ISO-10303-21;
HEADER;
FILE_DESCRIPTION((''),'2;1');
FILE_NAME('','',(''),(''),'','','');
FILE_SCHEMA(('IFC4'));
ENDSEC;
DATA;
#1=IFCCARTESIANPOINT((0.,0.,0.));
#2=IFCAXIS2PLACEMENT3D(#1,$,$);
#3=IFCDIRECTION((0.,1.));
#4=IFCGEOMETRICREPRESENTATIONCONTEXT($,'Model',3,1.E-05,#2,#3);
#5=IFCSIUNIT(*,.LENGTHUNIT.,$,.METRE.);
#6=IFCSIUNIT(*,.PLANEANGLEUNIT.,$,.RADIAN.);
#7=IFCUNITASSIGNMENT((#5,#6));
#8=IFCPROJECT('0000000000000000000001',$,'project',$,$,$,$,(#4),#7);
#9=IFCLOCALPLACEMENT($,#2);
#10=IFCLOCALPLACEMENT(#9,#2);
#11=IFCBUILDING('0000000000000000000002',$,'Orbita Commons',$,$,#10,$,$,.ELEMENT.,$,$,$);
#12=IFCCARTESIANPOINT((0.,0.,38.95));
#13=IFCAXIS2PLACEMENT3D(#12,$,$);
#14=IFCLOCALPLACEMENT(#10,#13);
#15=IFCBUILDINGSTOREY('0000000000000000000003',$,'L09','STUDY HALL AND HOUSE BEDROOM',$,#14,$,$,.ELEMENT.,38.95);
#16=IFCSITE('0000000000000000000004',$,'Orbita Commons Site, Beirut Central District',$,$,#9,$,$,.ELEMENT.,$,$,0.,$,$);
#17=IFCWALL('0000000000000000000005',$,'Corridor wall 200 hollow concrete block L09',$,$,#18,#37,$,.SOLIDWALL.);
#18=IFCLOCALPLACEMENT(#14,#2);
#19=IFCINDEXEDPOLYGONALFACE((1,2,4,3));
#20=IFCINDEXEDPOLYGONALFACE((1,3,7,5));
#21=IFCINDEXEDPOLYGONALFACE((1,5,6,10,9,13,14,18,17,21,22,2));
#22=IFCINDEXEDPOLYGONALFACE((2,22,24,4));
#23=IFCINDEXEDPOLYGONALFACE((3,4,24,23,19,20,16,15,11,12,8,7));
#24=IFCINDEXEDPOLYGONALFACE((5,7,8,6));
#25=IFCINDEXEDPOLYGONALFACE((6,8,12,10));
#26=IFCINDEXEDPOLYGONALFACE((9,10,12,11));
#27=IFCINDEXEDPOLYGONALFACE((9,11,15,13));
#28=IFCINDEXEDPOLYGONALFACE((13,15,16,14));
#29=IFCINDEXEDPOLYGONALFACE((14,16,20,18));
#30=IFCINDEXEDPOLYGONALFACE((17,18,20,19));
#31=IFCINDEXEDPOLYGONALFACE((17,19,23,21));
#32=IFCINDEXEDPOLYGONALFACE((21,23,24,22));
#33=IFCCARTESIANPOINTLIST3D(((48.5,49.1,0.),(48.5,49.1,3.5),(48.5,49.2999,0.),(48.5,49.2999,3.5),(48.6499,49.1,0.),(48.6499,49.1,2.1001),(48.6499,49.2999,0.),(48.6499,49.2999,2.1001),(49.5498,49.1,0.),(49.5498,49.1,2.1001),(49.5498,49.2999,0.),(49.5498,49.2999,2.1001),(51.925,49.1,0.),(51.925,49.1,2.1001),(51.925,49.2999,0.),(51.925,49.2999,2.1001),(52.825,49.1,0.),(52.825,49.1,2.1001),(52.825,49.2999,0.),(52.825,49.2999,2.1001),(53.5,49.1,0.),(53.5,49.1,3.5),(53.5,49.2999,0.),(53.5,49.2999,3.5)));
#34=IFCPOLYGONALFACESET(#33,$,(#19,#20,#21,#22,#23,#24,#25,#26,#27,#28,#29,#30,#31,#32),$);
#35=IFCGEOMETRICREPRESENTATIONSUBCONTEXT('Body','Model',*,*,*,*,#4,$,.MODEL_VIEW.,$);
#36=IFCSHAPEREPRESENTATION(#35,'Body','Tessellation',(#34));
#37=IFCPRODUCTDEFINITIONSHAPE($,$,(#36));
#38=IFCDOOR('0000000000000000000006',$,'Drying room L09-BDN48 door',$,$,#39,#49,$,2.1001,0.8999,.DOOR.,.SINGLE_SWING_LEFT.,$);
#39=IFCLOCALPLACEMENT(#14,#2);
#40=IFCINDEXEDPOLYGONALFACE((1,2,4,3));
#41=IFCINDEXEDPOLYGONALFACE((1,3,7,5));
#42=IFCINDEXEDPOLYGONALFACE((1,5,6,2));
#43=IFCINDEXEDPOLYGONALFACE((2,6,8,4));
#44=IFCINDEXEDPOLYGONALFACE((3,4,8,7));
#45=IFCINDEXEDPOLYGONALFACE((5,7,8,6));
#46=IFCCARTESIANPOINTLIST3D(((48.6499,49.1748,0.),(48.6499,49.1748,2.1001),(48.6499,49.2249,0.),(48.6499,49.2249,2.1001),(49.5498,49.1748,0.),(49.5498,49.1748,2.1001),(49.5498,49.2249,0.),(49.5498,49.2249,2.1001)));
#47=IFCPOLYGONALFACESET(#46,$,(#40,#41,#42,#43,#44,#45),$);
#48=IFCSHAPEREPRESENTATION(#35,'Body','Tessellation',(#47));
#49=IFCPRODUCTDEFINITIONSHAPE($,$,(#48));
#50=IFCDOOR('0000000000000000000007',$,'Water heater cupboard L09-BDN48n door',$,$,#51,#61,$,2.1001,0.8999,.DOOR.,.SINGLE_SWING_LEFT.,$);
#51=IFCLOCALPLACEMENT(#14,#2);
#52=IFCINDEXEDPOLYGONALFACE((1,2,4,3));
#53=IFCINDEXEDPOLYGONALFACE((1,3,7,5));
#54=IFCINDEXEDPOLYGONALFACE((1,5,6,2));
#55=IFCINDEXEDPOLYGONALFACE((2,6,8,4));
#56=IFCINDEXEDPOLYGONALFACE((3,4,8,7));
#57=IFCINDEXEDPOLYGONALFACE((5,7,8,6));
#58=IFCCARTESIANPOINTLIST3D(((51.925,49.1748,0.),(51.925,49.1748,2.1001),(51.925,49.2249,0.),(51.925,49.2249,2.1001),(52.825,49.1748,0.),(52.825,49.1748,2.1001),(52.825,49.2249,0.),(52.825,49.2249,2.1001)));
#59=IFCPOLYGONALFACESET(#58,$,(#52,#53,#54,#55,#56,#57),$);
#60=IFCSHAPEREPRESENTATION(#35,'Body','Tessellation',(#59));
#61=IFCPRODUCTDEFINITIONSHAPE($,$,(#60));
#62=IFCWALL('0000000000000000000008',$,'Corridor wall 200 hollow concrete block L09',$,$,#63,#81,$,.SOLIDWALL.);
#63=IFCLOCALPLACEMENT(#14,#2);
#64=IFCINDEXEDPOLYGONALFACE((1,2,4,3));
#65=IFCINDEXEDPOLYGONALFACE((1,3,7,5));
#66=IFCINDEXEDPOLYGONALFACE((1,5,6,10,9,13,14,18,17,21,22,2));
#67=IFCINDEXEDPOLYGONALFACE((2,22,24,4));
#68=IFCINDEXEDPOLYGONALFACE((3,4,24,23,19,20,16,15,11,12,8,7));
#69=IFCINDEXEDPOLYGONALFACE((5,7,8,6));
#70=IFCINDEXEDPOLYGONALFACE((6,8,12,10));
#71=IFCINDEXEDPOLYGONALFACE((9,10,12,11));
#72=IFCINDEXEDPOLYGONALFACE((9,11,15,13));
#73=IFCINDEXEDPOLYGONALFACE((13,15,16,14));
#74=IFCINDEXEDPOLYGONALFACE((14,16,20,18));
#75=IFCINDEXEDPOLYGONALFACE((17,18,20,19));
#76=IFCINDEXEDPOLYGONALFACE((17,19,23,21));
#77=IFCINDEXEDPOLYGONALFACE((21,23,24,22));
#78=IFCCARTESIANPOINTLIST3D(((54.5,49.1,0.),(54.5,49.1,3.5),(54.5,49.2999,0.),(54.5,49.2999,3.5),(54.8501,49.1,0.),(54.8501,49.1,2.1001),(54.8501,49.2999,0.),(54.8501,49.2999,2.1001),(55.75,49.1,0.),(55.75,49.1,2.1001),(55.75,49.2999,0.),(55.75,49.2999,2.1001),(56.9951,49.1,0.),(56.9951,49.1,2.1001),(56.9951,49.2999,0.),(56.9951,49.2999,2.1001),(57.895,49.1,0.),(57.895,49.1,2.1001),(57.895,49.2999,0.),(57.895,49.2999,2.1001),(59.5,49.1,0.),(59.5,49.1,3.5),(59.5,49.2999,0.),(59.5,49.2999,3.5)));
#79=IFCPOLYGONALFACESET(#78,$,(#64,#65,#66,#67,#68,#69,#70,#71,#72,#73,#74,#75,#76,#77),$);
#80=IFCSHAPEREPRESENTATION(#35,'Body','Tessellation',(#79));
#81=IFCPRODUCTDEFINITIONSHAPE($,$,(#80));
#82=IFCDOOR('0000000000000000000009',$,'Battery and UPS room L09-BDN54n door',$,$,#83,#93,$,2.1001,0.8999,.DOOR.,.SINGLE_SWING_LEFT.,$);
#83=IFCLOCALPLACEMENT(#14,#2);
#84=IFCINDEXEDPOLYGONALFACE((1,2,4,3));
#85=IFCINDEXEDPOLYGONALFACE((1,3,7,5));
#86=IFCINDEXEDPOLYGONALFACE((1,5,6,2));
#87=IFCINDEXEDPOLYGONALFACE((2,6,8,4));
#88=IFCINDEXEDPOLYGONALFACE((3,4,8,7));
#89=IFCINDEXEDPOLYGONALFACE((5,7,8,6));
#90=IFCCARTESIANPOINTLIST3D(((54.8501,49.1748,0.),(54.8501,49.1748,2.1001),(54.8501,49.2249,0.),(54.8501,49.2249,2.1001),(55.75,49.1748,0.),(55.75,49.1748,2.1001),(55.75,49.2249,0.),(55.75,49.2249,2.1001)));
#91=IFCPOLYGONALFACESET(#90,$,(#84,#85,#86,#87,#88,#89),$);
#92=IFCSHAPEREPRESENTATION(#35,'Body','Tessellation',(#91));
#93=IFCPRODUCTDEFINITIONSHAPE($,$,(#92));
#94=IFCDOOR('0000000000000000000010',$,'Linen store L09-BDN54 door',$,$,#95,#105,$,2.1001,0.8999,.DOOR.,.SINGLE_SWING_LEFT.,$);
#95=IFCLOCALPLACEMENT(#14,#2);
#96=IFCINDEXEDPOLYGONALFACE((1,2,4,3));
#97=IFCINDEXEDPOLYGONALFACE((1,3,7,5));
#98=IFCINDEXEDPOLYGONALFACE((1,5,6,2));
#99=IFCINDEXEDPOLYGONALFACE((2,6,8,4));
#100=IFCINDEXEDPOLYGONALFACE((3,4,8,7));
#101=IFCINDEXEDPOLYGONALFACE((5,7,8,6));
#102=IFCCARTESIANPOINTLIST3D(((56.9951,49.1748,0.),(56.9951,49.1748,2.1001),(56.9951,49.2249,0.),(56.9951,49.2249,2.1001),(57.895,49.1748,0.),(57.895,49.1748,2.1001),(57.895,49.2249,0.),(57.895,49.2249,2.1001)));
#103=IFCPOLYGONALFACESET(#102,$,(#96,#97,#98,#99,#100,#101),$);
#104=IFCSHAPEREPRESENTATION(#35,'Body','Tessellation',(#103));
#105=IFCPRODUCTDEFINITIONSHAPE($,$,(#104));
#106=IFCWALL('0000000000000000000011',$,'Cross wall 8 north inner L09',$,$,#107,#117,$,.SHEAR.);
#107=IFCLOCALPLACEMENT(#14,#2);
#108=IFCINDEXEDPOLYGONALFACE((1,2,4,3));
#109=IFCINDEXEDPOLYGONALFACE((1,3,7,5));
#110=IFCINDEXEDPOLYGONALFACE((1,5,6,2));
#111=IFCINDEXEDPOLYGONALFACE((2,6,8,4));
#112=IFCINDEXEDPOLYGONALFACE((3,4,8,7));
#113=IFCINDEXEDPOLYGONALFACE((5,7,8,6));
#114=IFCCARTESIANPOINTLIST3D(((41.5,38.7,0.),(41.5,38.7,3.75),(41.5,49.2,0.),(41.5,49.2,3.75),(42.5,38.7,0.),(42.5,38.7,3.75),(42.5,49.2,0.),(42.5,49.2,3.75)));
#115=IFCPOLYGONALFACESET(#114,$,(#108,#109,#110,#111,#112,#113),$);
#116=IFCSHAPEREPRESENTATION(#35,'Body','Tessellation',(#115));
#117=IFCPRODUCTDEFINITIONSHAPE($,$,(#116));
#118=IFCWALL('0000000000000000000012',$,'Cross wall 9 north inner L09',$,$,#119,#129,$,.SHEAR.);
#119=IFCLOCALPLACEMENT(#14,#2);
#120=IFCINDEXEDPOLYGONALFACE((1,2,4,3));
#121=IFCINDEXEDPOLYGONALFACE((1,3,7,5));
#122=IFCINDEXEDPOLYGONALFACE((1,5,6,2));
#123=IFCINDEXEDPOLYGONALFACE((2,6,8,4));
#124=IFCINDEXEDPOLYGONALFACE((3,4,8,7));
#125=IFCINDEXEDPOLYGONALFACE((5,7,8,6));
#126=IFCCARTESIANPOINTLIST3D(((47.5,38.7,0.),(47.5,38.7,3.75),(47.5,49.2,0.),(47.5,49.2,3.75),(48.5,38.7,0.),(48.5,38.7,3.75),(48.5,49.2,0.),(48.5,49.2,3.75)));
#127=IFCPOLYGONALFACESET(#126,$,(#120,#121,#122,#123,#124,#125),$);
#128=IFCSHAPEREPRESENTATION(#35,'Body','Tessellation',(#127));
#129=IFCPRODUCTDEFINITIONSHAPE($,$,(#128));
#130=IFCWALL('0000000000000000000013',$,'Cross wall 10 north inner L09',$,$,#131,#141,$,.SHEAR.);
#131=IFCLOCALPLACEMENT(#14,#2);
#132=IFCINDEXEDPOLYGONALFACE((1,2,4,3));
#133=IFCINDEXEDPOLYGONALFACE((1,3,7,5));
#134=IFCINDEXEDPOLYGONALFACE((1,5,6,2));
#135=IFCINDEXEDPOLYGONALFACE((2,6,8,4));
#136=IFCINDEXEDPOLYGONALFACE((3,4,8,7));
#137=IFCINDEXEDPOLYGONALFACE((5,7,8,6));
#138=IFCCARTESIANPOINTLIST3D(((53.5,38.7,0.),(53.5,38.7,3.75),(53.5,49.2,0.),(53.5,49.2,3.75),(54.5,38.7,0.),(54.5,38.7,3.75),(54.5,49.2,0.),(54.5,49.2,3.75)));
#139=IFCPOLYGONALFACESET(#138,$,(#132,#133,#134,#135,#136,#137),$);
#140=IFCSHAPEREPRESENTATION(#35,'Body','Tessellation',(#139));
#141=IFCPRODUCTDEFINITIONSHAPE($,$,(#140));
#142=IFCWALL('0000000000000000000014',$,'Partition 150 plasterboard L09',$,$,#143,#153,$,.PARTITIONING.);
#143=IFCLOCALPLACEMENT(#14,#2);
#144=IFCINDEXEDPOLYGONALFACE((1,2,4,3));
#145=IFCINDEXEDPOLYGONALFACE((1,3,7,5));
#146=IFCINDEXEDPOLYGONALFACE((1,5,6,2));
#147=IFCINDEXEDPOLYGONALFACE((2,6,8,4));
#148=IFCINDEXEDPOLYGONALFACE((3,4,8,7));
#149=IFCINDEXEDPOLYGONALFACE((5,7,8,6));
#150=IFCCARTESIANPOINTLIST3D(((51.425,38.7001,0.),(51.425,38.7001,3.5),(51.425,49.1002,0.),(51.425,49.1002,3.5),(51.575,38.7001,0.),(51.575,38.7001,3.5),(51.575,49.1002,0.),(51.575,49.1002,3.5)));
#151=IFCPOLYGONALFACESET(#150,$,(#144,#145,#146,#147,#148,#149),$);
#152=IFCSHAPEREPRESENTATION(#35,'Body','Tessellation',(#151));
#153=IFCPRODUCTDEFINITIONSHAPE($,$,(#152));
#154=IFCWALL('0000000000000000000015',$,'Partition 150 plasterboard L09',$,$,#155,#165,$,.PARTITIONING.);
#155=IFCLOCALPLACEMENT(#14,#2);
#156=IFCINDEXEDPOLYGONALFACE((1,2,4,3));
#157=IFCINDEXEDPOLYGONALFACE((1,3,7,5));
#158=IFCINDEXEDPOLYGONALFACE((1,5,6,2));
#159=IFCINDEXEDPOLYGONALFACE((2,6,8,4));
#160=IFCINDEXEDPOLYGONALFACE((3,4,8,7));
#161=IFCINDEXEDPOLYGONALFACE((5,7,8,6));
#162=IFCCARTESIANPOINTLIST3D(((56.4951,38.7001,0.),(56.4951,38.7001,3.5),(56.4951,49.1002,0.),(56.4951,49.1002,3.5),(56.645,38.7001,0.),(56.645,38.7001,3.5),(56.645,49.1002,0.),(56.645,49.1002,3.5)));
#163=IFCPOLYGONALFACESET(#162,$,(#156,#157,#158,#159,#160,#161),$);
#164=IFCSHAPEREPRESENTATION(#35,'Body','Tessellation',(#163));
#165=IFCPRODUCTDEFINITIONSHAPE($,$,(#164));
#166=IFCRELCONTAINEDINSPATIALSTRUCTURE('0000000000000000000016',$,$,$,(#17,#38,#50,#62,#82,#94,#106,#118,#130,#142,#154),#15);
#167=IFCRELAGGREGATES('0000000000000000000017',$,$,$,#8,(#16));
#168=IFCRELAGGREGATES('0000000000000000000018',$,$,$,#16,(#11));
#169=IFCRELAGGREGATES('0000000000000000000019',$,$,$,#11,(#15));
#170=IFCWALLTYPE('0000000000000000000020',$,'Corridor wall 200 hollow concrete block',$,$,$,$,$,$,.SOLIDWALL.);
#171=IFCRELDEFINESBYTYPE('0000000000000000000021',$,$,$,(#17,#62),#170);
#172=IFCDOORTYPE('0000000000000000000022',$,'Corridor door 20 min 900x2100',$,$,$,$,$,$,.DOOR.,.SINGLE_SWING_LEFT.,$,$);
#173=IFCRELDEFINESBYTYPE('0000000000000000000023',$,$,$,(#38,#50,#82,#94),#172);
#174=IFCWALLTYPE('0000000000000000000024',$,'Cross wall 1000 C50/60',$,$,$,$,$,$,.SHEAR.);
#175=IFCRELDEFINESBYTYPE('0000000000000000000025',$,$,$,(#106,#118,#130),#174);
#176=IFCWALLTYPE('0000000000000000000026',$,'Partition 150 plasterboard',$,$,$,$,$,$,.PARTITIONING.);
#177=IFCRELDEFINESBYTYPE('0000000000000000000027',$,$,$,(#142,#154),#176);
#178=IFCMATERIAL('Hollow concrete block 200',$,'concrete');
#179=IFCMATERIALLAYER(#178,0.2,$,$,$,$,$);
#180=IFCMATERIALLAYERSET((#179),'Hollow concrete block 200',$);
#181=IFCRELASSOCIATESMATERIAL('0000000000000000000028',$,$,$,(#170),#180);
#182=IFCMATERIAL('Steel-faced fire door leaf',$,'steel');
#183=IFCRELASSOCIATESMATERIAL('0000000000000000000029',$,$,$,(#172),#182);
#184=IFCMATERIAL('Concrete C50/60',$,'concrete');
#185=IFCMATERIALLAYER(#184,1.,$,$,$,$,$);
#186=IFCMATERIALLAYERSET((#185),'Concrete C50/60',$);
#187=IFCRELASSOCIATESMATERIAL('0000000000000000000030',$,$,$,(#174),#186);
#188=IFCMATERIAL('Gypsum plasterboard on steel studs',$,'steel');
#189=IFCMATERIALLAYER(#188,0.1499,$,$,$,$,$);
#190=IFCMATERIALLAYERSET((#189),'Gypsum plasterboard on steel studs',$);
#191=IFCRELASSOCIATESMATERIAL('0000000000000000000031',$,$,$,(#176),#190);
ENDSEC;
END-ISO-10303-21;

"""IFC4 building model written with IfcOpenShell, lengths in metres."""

from ifc_helpers import new_model, si_unit, direction, frame, frame_2d, origin, place, context, subcontext, project, spatial, rectangle, extrude, material, layer, layer_set, type_object, element, fill, save


model = new_model("IFC4")

# Units and contexts
model_context = context("Model", 3, precision=1e-05, world=origin(), true_north=direction((0.0, 1.0)))
body_context = subcontext(model_context, "Body", "Model", "MODEL_VIEW")
ifc_project = project(units=[si_unit("LENGTHUNIT", "METRE"), si_unit("PLANEANGLEUNIT", "RADIAN")], contexts=[model_context])

# Site, building, storey
site_placement = place(None, origin())
site = spatial("IfcSite", under=ifc_project, at=site_placement, Name="Orbita Commons Site, Beirut Central District", CompositionType="ELEMENT", RefElevation=0.0)
building_placement = place(site_placement, origin())
building = spatial("IfcBuilding", under=site, at=building_placement, Name="Orbita Commons", CompositionType="ELEMENT")
storey_placement = place(building_placement, frame((0.0, 0.0, 38.95)))
storey = spatial("IfcBuildingStorey", under=building, at=storey_placement, Name="L09", Description="STUDY HALL AND HOUSE BEDROOM", CompositionType="ELEMENT", Elevation=38.95)

# Shared definitions
ifc_material_1 = material(Name="Hollow concrete block 200", Category="concrete")
ifc_layer_1 = layer(ifc_material_1, 0.2)
ifc_layer_set_1 = layer_set([ifc_layer_1], Name="Hollow concrete block 200")
wall_type_1 = type_object("IfcWallType", Name="Corridor wall 200 hollow concrete block", PredefinedType="SOLIDWALL", material=ifc_layer_set_1)

# Walls, openings, doors
wall_1_placement = place(storey_placement, frame((48.5, 49.2, 0.0), z_axis=(0.0, 0.0, 1.0), x_axis=(1.0, 0.0, 0.0)))
wall_1 = element("IfcWall", 1, at=wall_1_placement, inside=storey, type_object=wall_type_1, Name="Corridor wall 200 hollow concrete block L09", PredefinedType="SOLIDWALL", context=body_context, shape_type="SweptSolid", body=[
    extrude(rectangle(XDim=5.0, YDim=0.2, at=frame_2d((2.5, 0.0))), origin(), (0.0, 0.0, 1.0), 3.5),
])
opening_1_placement = place(wall_1_placement, frame((0.1499, 0.0, 0.0)))
opening_1 = element("IfcOpeningElement", 2, at=opening_1_placement, cuts=wall_1, PredefinedType="OPENING", context=body_context, shape_type="SweptSolid", body=[
    extrude(rectangle(XDim=0.8999, YDim=2.1001, at=frame_2d((0.45, 1.05))), frame((0.0, 0.1099, 0.0), z_axis=(0.0, -1.0, 0.0), x_axis=(1.0, 0.0, 0.0)), (0.0, 0.0, 1.0), 0.22),
])
opening_2_placement = place(wall_1_placement, frame((3.425, 0.0, 0.0)))
opening_2 = element("IfcOpeningElement", 3, at=opening_2_placement, cuts=wall_1, PredefinedType="OPENING", context=body_context, shape_type="SweptSolid", body=[
    extrude(rectangle(XDim=0.8999, YDim=2.1001, at=frame_2d((0.45, 1.05))), frame((0.0, 0.1099, 0.0), z_axis=(0.0, -1.0, 0.0), x_axis=(1.0, 0.0, 0.0)), (0.0, 0.0, 1.0), 0.22),
])
ifc_material_2 = material(Name="Steel-faced fire door leaf", Category="steel")
door_type_1 = type_object("IfcDoorType", Name="Corridor door 20 min 900x2100", OperationType="SINGLE_SWING_LEFT", PredefinedType="DOOR", material=ifc_material_2)
door_1_placement = place(opening_1_placement, origin())
door_1 = element("IfcDoor", 4, at=door_1_placement, inside=storey, type_object=door_type_1, Name="Drying room L09-BDN48 door", OperationType="SINGLE_SWING_LEFT", OverallHeight=2.1001, OverallWidth=0.8999, PredefinedType="DOOR", context=body_context, shape_type="SweptSolid", body=[
    extrude(rectangle(XDim=0.8999, YDim=2.1001, at=frame_2d((0.45, 1.05))), frame((0.0, 0.0249, 0.0), z_axis=(0.0, -1.0, 0.0), x_axis=(1.0, 0.0, 0.0)), (0.0, 0.0, 1.0), 0.05),
])
fill(opening_1, door_1)
door_2_placement = place(opening_2_placement, origin())
door_2 = element("IfcDoor", 5, at=door_2_placement, inside=storey, type_object=door_type_1, Name="Water heater cupboard L09-BDN48n door", OperationType="SINGLE_SWING_LEFT", OverallHeight=2.1001, OverallWidth=0.8999, PredefinedType="DOOR", context=body_context, shape_type="SweptSolid", body=[
    extrude(rectangle(XDim=0.8999, YDim=2.1001, at=frame_2d((0.45, 1.05))), frame((0.0, 0.0249, 0.0), z_axis=(0.0, -1.0, 0.0), x_axis=(1.0, 0.0, 0.0)), (0.0, 0.0, 1.0), 0.05),
])
fill(opening_2, door_2)
wall_2_placement = place(storey_placement, frame((54.5, 49.2, 0.0), z_axis=(0.0, 0.0, 1.0), x_axis=(1.0, 0.0, 0.0)))
wall_2 = element("IfcWall", 6, at=wall_2_placement, inside=storey, type_object=wall_type_1, Name="Corridor wall 200 hollow concrete block L09", PredefinedType="SOLIDWALL", context=body_context, shape_type="SweptSolid", body=[
    extrude(rectangle(XDim=5.0, YDim=0.2, at=frame_2d((2.5, 0.0))), origin(), (0.0, 0.0, 1.0), 3.5),
])
opening_3_placement = place(wall_2_placement, frame((0.3501, 0.0, 0.0)))
opening_3 = element("IfcOpeningElement", 7, at=opening_3_placement, cuts=wall_2, PredefinedType="OPENING", context=body_context, shape_type="SweptSolid", body=[
    extrude(rectangle(XDim=0.8999, YDim=2.1001, at=frame_2d((0.45, 1.05))), frame((0.0, 0.1099, 0.0), z_axis=(0.0, -1.0, 0.0), x_axis=(1.0, 0.0, 0.0)), (0.0, 0.0, 1.0), 0.22),
])
opening_4_placement = place(wall_2_placement, frame((2.4951, 0.0, 0.0)))
opening_4 = element("IfcOpeningElement", 8, at=opening_4_placement, cuts=wall_2, PredefinedType="OPENING", context=body_context, shape_type="SweptSolid", body=[
    extrude(rectangle(XDim=0.8999, YDim=2.1001, at=frame_2d((0.45, 1.05))), frame((0.0, 0.1099, 0.0), z_axis=(0.0, -1.0, 0.0), x_axis=(1.0, 0.0, 0.0)), (0.0, 0.0, 1.0), 0.22),
])
door_3_placement = place(opening_3_placement, origin())
door_3 = element("IfcDoor", 9, at=door_3_placement, inside=storey, type_object=door_type_1, Name="Battery and UPS room L09-BDN54n door", OperationType="SINGLE_SWING_LEFT", OverallHeight=2.1001, OverallWidth=0.8999, PredefinedType="DOOR", context=body_context, shape_type="SweptSolid", body=[
    extrude(rectangle(XDim=0.8999, YDim=2.1001, at=frame_2d((0.45, 1.05))), frame((0.0, 0.0249, 0.0), z_axis=(0.0, -1.0, 0.0), x_axis=(1.0, 0.0, 0.0)), (0.0, 0.0, 1.0), 0.05),
])
fill(opening_3, door_3)
door_4_placement = place(opening_4_placement, origin())
door_4 = element("IfcDoor", 10, at=door_4_placement, inside=storey, type_object=door_type_1, Name="Linen store L09-BDN54 door", OperationType="SINGLE_SWING_LEFT", OverallHeight=2.1001, OverallWidth=0.8999, PredefinedType="DOOR", context=body_context, shape_type="SweptSolid", body=[
    extrude(rectangle(XDim=0.8999, YDim=2.1001, at=frame_2d((0.45, 1.05))), frame((0.0, 0.0249, 0.0), z_axis=(0.0, -1.0, 0.0), x_axis=(1.0, 0.0, 0.0)), (0.0, 0.0, 1.0), 0.05),
])
fill(opening_4, door_4)

# Walls
ifc_material_3 = material(Name="Concrete C50/60", Category="concrete")
ifc_layer_2 = layer(ifc_material_3, 1.0)
ifc_layer_set_2 = layer_set([ifc_layer_2], Name="Concrete C50/60")
wall_type_2 = type_object("IfcWallType", Name="Cross wall 1000 C50/60", PredefinedType="SHEAR", material=ifc_layer_set_2)
for number, where, z_axis, x_axis, name in (
    (11, (42.0, 38.7, 0.0), (0.0, 0.0, 1.0), (0.0, 1.0, 0.0), "Cross wall 8 north inner L09"),
    (12, (48.0, 38.7, 0.0), (0.0, 0.0, 1.0), (0.0, 1.0, 0.0), "Cross wall 9 north inner L09"),
    (13, (54.0, 38.7, 0.0), (0.0, 0.0, 1.0), (0.0, 1.0, 0.0), "Cross wall 10 north inner L09"),
):
    element("IfcWall", number, at=place(storey_placement, frame(where, z_axis=z_axis, x_axis=x_axis)), inside=storey, type_object=wall_type_2, Name=name, PredefinedType="SHEAR", context=body_context, shape_type="SweptSolid", body=[
        extrude(rectangle(XDim=10.5, YDim=1.0, at=frame_2d((5.25, 0.0))), origin(), (0.0, 0.0, 1.0), 3.75),
    ])
ifc_material_4 = material(Name="Gypsum plasterboard on steel studs", Category="steel")
ifc_layer_3 = layer(ifc_material_4, 0.1499)
ifc_layer_set_3 = layer_set([ifc_layer_3], Name="Gypsum plasterboard on steel studs")
wall_type_3 = type_object("IfcWallType", Name="Partition 150 plasterboard", PredefinedType="PARTITIONING", material=ifc_layer_set_3)
for number, where, z_axis, x_axis, name in (
    (14, (51.5, 38.7, 0.0), (0.0, 0.0, 1.0), (0.0, 1.0, 0.0), "Partition 150 plasterboard L09"),
    (15, (56.5701, 38.7, 0.0), (0.0, 0.0, 1.0), (0.0, 1.0, 0.0), "Partition 150 plasterboard L09"),
):
    element("IfcWall", number, at=place(storey_placement, frame(where, z_axis=z_axis, x_axis=x_axis)), inside=storey, type_object=wall_type_3, Name=name, PredefinedType="PARTITIONING", context=body_context, shape_type="SweptSolid", body=[
        extrude(rectangle(XDim=10.4001, YDim=0.1499, at=frame_2d((5.2002, 0.0))), origin(), (0.0, 0.0, 1.0), 3.5),
    ])

save(model, "model.ifc")
